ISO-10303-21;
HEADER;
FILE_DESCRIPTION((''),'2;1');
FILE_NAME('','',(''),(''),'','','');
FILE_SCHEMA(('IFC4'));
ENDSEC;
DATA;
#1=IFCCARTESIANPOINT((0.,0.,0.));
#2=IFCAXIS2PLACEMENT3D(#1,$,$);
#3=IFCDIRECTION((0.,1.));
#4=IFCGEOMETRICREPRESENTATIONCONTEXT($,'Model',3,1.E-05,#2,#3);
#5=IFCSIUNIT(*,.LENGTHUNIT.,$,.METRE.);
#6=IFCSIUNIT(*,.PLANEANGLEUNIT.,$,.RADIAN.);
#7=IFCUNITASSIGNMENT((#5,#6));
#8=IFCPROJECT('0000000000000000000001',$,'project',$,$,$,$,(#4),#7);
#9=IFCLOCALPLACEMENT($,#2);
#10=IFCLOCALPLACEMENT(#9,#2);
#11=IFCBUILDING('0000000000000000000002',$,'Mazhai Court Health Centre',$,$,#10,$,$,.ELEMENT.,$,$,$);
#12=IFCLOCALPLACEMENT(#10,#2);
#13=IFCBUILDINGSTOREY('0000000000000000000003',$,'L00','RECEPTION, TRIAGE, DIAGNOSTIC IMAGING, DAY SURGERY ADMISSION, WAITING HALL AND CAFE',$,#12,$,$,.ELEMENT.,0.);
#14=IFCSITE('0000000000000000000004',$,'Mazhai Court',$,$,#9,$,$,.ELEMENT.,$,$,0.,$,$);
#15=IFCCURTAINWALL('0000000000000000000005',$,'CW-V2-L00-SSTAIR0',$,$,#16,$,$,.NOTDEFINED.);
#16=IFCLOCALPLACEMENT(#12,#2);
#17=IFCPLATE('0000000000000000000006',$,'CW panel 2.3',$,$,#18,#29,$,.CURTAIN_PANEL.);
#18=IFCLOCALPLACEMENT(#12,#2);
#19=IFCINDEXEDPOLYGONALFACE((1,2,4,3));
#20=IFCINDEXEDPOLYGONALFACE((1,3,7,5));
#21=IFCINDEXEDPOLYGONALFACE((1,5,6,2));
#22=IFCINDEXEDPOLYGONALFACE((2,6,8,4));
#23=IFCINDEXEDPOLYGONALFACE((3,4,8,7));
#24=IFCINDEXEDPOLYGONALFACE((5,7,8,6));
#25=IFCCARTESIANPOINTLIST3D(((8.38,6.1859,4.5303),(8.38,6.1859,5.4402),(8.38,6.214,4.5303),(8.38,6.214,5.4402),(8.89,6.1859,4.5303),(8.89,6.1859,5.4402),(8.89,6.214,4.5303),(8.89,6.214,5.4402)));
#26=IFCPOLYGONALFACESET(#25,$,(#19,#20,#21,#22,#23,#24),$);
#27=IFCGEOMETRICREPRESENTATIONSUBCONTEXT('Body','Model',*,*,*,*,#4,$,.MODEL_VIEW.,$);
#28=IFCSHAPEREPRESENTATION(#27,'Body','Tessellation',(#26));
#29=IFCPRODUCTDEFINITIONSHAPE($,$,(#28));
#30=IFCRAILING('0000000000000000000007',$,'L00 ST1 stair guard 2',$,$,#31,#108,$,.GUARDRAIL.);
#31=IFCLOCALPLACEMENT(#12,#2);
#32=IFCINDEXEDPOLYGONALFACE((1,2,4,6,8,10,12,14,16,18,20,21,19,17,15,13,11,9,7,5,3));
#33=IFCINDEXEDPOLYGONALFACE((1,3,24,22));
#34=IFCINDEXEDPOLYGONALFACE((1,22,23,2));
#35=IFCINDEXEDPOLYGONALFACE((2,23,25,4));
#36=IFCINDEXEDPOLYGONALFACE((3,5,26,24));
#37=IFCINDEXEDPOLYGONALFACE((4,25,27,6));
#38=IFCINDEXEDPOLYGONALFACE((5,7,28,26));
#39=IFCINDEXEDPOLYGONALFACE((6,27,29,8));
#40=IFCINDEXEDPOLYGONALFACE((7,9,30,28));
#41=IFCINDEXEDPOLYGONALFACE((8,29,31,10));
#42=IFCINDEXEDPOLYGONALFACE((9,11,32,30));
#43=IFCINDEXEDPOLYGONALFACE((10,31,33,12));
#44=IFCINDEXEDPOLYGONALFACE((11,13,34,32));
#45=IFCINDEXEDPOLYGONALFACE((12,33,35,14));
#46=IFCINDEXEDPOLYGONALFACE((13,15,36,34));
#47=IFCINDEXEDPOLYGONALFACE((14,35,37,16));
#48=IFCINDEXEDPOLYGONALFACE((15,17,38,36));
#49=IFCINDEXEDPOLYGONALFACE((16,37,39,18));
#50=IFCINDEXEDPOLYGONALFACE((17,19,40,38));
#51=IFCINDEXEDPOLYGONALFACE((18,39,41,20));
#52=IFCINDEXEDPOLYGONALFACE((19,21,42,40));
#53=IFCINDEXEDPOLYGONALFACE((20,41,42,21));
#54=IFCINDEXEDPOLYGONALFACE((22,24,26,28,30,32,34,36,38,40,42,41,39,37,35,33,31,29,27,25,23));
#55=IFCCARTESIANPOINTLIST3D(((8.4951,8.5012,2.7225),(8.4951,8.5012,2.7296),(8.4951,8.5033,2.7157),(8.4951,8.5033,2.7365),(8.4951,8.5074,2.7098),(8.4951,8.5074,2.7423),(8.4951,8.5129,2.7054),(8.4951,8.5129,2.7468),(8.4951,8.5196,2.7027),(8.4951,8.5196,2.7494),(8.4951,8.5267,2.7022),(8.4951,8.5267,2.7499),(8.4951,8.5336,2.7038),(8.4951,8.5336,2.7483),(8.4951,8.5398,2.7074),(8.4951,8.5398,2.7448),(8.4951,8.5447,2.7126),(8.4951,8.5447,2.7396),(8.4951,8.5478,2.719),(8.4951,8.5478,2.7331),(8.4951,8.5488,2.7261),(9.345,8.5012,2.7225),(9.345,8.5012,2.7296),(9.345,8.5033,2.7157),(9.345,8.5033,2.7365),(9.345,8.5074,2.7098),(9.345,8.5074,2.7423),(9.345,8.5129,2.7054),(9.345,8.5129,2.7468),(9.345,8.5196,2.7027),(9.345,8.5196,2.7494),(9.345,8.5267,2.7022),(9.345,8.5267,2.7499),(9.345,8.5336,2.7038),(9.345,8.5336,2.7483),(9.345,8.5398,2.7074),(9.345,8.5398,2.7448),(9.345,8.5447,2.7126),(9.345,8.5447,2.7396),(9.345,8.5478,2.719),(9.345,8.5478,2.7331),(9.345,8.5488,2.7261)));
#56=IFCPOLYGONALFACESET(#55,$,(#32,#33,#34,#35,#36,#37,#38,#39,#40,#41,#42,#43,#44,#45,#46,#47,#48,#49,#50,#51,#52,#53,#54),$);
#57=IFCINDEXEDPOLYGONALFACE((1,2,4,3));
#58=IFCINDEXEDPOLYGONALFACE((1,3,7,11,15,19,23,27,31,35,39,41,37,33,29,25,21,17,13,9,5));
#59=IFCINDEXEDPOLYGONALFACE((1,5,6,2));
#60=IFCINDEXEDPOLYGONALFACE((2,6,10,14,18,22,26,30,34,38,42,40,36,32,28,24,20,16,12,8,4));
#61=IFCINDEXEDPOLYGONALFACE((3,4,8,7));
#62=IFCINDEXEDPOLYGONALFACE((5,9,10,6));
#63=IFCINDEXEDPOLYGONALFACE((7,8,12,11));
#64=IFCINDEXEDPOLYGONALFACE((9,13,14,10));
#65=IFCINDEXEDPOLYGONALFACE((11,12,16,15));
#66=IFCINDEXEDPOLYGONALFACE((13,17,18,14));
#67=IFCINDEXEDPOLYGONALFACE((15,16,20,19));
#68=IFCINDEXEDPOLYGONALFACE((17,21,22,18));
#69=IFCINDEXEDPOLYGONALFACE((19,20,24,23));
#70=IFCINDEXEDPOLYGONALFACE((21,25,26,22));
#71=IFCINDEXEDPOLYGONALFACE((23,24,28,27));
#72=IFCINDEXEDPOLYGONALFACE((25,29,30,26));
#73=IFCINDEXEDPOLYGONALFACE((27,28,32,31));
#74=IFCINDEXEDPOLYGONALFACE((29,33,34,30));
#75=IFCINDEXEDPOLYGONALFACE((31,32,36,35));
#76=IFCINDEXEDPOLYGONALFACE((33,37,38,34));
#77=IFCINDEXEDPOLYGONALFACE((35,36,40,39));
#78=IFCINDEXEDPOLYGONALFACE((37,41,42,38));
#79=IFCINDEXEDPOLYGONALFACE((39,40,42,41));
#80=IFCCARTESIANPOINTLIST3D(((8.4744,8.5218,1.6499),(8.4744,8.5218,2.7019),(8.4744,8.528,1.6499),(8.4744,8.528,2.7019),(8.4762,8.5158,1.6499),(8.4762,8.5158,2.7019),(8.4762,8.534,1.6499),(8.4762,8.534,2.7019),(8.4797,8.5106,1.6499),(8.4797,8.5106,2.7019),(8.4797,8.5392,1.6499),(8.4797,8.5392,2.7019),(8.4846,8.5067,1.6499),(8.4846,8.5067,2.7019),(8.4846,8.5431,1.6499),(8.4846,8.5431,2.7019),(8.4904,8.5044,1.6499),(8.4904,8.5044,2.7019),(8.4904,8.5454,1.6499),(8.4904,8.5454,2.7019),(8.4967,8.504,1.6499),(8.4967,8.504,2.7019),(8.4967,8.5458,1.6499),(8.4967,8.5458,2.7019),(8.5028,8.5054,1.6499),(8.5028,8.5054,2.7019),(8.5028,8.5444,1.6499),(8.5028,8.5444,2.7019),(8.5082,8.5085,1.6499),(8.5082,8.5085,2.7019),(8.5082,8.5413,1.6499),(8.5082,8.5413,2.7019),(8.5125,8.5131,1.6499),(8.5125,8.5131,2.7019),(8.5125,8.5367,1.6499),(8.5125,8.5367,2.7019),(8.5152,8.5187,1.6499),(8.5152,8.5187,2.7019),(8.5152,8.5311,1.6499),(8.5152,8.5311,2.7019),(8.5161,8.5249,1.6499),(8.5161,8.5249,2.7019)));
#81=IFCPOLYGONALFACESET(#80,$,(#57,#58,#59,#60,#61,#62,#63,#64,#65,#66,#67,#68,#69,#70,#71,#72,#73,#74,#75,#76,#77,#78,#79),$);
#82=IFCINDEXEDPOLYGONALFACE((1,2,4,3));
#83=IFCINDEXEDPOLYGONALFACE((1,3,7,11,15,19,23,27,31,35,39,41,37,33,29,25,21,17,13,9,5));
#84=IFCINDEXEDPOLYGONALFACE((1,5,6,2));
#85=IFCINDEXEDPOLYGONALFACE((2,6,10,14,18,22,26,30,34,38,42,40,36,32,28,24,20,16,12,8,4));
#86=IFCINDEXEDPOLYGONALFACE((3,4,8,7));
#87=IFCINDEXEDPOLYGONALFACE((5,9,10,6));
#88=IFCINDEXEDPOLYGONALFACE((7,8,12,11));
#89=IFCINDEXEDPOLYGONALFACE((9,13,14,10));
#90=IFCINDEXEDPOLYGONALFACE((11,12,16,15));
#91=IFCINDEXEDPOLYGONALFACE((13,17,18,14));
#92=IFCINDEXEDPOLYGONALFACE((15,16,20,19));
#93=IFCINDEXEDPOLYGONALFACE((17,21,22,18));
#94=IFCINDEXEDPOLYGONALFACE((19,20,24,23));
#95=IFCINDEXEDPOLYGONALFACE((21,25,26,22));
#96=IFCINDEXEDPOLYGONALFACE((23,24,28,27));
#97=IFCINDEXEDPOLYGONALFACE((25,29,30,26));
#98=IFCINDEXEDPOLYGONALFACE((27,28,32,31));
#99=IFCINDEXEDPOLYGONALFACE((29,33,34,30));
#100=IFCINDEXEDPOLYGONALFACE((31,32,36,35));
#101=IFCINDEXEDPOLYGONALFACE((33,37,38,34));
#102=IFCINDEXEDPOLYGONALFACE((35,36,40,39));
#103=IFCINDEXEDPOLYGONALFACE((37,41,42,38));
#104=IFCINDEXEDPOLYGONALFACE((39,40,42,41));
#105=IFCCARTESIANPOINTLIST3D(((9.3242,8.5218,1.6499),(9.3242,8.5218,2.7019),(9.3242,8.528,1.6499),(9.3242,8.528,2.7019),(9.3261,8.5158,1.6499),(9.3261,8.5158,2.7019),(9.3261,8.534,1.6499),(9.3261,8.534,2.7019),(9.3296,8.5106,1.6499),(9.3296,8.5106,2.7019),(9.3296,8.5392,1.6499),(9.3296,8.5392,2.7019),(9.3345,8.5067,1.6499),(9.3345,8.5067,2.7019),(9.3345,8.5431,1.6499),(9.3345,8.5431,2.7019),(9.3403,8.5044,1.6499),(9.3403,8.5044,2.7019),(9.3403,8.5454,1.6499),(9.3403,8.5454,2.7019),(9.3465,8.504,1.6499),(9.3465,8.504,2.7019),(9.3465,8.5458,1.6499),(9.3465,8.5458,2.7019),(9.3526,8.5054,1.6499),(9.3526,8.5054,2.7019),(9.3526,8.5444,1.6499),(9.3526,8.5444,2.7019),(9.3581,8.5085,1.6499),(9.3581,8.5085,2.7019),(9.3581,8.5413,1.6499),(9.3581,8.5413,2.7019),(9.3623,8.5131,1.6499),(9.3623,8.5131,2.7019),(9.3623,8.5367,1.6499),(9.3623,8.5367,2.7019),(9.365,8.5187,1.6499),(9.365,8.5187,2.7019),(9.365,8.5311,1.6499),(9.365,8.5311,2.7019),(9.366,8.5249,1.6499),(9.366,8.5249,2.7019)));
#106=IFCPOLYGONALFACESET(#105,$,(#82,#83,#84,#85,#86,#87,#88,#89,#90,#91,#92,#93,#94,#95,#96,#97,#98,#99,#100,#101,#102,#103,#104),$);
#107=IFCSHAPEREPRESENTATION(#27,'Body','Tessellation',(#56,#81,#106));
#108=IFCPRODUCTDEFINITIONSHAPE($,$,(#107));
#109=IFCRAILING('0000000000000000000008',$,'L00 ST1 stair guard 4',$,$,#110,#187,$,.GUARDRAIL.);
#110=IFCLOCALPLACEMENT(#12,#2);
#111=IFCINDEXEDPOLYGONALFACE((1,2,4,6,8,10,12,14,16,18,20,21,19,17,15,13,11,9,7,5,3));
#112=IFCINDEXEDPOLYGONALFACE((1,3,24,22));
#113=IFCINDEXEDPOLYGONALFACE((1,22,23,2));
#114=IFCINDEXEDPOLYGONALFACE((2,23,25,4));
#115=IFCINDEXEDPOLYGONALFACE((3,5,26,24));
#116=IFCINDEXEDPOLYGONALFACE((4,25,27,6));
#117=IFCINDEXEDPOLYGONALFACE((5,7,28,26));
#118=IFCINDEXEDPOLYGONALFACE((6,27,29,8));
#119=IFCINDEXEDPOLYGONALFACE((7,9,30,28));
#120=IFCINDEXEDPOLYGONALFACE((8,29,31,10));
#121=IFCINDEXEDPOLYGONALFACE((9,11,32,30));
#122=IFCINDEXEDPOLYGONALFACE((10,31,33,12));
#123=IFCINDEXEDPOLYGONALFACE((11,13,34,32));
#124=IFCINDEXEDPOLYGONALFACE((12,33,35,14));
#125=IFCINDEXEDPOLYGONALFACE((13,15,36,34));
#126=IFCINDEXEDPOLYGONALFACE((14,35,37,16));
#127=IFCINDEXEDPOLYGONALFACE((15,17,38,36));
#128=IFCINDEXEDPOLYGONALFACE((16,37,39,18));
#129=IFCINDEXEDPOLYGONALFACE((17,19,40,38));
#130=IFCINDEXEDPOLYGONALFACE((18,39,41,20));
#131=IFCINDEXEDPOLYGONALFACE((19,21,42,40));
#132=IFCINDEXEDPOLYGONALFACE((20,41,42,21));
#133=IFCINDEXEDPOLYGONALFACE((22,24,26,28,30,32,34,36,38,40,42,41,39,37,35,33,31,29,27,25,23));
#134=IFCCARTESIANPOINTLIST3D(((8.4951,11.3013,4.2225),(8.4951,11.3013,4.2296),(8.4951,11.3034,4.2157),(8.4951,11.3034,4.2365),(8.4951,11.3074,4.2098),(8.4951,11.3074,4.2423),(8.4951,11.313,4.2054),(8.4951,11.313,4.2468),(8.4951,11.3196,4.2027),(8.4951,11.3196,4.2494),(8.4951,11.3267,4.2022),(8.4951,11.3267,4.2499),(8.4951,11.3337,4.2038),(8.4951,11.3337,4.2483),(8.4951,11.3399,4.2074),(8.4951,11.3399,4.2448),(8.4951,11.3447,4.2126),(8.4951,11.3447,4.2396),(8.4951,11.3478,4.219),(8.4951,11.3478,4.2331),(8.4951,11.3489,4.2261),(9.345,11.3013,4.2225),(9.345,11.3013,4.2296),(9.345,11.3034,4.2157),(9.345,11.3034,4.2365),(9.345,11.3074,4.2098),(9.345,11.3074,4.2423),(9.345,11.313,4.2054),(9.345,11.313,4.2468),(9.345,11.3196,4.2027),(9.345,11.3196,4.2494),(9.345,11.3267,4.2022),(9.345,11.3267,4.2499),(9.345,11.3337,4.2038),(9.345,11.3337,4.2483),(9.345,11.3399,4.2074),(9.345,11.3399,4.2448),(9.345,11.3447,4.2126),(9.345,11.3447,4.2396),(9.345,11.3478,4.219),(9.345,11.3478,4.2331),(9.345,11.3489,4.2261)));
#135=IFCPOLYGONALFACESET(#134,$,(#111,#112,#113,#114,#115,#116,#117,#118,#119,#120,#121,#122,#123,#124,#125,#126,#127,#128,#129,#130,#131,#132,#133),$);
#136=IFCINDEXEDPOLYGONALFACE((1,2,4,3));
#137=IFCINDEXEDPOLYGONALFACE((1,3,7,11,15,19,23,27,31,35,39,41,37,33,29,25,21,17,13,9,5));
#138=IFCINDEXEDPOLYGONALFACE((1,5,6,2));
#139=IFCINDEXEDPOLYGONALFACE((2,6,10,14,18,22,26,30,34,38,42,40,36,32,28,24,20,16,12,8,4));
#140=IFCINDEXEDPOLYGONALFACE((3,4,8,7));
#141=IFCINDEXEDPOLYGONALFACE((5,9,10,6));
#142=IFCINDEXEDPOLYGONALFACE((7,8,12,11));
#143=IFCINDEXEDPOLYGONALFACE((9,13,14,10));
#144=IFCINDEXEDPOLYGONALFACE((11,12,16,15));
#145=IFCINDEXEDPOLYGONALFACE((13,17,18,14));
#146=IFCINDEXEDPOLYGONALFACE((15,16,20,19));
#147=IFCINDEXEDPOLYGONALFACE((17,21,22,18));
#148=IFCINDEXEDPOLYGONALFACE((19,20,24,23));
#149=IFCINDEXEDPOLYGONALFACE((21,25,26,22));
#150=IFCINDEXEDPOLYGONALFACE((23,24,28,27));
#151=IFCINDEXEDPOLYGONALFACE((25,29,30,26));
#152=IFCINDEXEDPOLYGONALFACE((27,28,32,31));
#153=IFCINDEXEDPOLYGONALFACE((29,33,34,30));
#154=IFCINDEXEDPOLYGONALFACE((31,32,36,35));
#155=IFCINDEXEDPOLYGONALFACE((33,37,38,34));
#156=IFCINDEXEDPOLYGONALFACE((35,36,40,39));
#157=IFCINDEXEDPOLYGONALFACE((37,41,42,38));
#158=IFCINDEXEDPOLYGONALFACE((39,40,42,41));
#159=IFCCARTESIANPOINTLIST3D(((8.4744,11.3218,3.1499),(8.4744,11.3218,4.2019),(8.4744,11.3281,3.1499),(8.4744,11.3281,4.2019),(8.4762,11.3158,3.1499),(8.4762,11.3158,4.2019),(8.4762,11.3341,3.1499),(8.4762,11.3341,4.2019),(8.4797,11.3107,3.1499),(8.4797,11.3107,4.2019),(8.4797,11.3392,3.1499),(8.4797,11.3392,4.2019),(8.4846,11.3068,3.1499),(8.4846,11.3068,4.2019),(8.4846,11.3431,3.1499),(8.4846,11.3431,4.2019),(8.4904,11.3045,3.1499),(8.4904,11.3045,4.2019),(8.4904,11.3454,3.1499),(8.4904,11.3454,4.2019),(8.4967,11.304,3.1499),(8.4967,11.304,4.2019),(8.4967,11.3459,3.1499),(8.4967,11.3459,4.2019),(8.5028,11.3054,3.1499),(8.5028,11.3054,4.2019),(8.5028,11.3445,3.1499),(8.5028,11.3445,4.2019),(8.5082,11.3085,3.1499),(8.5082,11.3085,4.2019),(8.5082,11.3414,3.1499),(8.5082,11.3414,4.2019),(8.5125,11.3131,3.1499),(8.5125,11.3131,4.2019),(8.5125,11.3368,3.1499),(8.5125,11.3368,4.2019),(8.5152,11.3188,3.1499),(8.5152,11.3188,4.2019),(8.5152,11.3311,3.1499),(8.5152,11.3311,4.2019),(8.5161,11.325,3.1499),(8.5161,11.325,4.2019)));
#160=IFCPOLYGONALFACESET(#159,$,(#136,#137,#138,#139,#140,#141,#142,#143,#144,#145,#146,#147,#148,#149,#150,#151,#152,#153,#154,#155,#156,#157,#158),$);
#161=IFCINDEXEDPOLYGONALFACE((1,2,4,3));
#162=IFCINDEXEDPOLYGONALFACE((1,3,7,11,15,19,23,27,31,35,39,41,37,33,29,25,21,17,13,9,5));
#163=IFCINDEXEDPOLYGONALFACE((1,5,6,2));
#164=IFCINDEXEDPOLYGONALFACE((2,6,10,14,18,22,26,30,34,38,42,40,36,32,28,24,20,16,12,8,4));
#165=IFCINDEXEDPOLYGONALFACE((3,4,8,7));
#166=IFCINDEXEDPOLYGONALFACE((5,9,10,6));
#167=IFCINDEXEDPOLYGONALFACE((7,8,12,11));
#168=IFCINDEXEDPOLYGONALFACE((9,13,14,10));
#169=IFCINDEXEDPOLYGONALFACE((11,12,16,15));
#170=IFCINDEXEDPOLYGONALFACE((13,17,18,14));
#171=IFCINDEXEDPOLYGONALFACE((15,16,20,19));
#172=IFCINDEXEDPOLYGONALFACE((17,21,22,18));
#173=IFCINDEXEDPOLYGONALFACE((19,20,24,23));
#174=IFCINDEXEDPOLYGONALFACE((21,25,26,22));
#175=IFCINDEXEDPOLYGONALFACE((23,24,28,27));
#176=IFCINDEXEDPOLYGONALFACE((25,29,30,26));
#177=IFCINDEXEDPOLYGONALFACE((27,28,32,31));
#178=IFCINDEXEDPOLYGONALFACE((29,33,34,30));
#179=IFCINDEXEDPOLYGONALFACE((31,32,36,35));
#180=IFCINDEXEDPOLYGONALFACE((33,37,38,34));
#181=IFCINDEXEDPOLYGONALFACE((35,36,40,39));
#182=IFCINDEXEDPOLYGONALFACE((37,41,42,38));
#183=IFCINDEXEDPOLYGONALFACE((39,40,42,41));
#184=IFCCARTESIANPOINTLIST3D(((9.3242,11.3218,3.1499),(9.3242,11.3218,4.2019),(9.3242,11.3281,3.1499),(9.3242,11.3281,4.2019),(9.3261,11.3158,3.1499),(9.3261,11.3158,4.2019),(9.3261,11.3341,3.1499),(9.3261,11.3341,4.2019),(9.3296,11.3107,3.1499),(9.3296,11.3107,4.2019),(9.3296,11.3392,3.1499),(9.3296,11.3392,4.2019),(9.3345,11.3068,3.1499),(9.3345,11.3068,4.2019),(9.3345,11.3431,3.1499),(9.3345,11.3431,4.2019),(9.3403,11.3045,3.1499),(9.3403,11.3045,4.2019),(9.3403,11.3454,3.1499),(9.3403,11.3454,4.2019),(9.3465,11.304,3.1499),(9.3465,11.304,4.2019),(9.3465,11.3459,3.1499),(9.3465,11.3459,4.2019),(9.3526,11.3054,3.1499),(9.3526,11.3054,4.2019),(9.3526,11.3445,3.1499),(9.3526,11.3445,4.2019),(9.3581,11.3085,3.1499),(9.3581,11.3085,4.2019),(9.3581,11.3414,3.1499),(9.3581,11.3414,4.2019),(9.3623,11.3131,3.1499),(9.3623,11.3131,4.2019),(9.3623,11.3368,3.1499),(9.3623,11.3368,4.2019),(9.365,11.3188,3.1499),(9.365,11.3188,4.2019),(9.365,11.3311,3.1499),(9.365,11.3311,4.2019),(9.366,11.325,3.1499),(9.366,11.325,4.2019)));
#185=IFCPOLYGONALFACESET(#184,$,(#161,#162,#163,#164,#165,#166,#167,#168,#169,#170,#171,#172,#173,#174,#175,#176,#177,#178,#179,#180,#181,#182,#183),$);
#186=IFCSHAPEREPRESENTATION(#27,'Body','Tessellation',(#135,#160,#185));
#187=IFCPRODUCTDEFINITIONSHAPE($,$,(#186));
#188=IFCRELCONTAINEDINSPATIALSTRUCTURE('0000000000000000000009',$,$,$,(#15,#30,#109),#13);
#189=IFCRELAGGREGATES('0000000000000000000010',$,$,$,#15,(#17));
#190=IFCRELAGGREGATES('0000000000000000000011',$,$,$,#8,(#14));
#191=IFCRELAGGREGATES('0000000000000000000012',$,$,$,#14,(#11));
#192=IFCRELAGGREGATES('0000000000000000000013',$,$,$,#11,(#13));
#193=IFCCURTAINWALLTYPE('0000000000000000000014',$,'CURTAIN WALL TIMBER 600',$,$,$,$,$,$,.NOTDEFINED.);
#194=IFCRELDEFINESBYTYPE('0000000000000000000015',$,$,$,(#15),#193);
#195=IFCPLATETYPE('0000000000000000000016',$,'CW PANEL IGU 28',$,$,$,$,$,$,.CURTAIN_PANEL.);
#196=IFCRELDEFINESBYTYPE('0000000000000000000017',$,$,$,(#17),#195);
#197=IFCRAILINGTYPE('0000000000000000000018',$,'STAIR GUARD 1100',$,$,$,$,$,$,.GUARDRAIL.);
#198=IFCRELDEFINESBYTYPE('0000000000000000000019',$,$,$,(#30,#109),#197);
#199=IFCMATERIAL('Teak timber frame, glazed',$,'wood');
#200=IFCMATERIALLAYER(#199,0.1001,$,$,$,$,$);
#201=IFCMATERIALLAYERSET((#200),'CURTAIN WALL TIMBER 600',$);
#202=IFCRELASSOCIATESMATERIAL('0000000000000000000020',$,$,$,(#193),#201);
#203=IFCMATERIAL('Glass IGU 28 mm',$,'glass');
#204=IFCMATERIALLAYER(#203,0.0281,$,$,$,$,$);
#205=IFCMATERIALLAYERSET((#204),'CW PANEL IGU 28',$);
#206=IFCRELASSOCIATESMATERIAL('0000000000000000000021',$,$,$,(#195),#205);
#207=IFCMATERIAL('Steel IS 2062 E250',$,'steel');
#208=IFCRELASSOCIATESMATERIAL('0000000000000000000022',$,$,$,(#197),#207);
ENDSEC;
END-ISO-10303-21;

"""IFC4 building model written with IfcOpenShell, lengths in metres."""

from ifc_helpers import new_model, si_unit, direction, frame, origin, origin_2d, place, context, subcontext, project, spatial, rectangle, circle, extrude, material, layer, layer_set, type_object, element, aggregate, save


model = new_model("IFC4")

# Units and contexts
model_context = context("Model", 3, precision=1e-05, world=origin(), true_north=direction((0.0, 1.0)))
body_context = subcontext(model_context, "Body", "Model", "MODEL_VIEW")
ifc_project = project(units=[si_unit("LENGTHUNIT", "METRE"), si_unit("PLANEANGLEUNIT", "RADIAN")], contexts=[model_context])

# Site, building, storey
site_placement = place(None, origin())
site = spatial("IfcSite", under=ifc_project, at=site_placement, Name="Mazhai Court", CompositionType="ELEMENT", RefElevation=0.0)
building_placement = place(site_placement, origin())
building = spatial("IfcBuilding", under=site, at=building_placement, Name="Mazhai Court Health Centre", CompositionType="ELEMENT")
storey_placement = place(building_placement, origin())
storey = spatial("IfcBuildingStorey", under=building, at=storey_placement, Name="L00", Description="RECEPTION, TRIAGE, DIAGNOSTIC IMAGING, DAY SURGERY ADMISSION, WAITING HALL AND CAFE", CompositionType="ELEMENT", Elevation=0.0)

# Curtain wall
ifc_material_1 = material(Name="Teak timber frame, glazed", Category="wood")
ifc_layer_1 = layer(ifc_material_1, 0.1001)
ifc_layer_set_1 = layer_set([ifc_layer_1], Name="CURTAIN WALL TIMBER 600")
curtain_wall_type = type_object("IfcCurtainWallType", Name="CURTAIN WALL TIMBER 600", PredefinedType="NOTDEFINED", material=ifc_layer_set_1)
curtain_wall_1_placement = place(storey_placement, origin())
curtain_wall_1 = element("IfcCurtainWall", 1, at=curtain_wall_1_placement, inside=storey, type_object=curtain_wall_type, Name="CW-V2-L00-SSTAIR0", PredefinedType="NOTDEFINED")

# Plate
ifc_material_2 = material(Name="Glass IGU 28 mm", Category="glass")
ifc_layer_2 = layer(ifc_material_2, 0.0281)
ifc_layer_set_2 = layer_set([ifc_layer_2], Name="CW PANEL IGU 28")
plate_type = type_object("IfcPlateType", Name="CW PANEL IGU 28", PredefinedType="CURTAIN_PANEL", material=ifc_layer_set_2)
plate_1_placement = place(storey_placement, frame((8.635, 6.2, 4.5303), z_axis=(0.0, 0.0, 1.0), x_axis=(-1.0, 0.0, 0.0)))
plate_1 = element("IfcPlate", 2, at=plate_1_placement, type_object=plate_type, Name="CW panel 2.3", PredefinedType="CURTAIN_PANEL", context=body_context, shape_type="SweptSolid", body=[
    extrude(rectangle(XDim=0.51, YDim=0.0281, at=origin_2d()), origin(), (0.0, 0.0, 1.0), 0.9099),
])
aggregate(curtain_wall_1, [plate_1])

# Railings
ifc_material_3 = material(Name="Steel IS 2062 E250", Category="steel")
railing_type_1 = type_object("IfcRailingType", Name="STAIR GUARD 1100", PredefinedType="GUARDRAIL", material=ifc_material_3)
for number, where, name in (
    (3, (8.4951, 8.5249, 1.6499), "L00 ST1 stair guard 2"),
    (4, (8.4951, 11.325, 3.1499), "L00 ST1 stair guard 4"),
):
    element("IfcRailing", number, at=place(storey_placement, frame(where)), inside=storey, type_object=railing_type_1, Name=name, PredefinedType="GUARDRAIL", context=body_context, shape_type="SweptSolid", body=[
        extrude(circle(Radius=0.0239, at=origin_2d()), frame((0.0, 0.0, 1.0762), z_axis=(1.0, 0.0, 0.0), x_axis=(0.0, 1.0, 0.0)), (0.0, 0.0, 1.0), 0.8499),
        extrude(circle(Radius=0.021, at=origin_2d()), origin(), (0.0, 0.0, 1.0), 1.052),
        extrude(circle(Radius=0.021, at=origin_2d()), frame((0.8499, 0.0, 0.0)), (0.0, 0.0, 1.0), 1.052),
    ])

save(model, "model.ifc")
